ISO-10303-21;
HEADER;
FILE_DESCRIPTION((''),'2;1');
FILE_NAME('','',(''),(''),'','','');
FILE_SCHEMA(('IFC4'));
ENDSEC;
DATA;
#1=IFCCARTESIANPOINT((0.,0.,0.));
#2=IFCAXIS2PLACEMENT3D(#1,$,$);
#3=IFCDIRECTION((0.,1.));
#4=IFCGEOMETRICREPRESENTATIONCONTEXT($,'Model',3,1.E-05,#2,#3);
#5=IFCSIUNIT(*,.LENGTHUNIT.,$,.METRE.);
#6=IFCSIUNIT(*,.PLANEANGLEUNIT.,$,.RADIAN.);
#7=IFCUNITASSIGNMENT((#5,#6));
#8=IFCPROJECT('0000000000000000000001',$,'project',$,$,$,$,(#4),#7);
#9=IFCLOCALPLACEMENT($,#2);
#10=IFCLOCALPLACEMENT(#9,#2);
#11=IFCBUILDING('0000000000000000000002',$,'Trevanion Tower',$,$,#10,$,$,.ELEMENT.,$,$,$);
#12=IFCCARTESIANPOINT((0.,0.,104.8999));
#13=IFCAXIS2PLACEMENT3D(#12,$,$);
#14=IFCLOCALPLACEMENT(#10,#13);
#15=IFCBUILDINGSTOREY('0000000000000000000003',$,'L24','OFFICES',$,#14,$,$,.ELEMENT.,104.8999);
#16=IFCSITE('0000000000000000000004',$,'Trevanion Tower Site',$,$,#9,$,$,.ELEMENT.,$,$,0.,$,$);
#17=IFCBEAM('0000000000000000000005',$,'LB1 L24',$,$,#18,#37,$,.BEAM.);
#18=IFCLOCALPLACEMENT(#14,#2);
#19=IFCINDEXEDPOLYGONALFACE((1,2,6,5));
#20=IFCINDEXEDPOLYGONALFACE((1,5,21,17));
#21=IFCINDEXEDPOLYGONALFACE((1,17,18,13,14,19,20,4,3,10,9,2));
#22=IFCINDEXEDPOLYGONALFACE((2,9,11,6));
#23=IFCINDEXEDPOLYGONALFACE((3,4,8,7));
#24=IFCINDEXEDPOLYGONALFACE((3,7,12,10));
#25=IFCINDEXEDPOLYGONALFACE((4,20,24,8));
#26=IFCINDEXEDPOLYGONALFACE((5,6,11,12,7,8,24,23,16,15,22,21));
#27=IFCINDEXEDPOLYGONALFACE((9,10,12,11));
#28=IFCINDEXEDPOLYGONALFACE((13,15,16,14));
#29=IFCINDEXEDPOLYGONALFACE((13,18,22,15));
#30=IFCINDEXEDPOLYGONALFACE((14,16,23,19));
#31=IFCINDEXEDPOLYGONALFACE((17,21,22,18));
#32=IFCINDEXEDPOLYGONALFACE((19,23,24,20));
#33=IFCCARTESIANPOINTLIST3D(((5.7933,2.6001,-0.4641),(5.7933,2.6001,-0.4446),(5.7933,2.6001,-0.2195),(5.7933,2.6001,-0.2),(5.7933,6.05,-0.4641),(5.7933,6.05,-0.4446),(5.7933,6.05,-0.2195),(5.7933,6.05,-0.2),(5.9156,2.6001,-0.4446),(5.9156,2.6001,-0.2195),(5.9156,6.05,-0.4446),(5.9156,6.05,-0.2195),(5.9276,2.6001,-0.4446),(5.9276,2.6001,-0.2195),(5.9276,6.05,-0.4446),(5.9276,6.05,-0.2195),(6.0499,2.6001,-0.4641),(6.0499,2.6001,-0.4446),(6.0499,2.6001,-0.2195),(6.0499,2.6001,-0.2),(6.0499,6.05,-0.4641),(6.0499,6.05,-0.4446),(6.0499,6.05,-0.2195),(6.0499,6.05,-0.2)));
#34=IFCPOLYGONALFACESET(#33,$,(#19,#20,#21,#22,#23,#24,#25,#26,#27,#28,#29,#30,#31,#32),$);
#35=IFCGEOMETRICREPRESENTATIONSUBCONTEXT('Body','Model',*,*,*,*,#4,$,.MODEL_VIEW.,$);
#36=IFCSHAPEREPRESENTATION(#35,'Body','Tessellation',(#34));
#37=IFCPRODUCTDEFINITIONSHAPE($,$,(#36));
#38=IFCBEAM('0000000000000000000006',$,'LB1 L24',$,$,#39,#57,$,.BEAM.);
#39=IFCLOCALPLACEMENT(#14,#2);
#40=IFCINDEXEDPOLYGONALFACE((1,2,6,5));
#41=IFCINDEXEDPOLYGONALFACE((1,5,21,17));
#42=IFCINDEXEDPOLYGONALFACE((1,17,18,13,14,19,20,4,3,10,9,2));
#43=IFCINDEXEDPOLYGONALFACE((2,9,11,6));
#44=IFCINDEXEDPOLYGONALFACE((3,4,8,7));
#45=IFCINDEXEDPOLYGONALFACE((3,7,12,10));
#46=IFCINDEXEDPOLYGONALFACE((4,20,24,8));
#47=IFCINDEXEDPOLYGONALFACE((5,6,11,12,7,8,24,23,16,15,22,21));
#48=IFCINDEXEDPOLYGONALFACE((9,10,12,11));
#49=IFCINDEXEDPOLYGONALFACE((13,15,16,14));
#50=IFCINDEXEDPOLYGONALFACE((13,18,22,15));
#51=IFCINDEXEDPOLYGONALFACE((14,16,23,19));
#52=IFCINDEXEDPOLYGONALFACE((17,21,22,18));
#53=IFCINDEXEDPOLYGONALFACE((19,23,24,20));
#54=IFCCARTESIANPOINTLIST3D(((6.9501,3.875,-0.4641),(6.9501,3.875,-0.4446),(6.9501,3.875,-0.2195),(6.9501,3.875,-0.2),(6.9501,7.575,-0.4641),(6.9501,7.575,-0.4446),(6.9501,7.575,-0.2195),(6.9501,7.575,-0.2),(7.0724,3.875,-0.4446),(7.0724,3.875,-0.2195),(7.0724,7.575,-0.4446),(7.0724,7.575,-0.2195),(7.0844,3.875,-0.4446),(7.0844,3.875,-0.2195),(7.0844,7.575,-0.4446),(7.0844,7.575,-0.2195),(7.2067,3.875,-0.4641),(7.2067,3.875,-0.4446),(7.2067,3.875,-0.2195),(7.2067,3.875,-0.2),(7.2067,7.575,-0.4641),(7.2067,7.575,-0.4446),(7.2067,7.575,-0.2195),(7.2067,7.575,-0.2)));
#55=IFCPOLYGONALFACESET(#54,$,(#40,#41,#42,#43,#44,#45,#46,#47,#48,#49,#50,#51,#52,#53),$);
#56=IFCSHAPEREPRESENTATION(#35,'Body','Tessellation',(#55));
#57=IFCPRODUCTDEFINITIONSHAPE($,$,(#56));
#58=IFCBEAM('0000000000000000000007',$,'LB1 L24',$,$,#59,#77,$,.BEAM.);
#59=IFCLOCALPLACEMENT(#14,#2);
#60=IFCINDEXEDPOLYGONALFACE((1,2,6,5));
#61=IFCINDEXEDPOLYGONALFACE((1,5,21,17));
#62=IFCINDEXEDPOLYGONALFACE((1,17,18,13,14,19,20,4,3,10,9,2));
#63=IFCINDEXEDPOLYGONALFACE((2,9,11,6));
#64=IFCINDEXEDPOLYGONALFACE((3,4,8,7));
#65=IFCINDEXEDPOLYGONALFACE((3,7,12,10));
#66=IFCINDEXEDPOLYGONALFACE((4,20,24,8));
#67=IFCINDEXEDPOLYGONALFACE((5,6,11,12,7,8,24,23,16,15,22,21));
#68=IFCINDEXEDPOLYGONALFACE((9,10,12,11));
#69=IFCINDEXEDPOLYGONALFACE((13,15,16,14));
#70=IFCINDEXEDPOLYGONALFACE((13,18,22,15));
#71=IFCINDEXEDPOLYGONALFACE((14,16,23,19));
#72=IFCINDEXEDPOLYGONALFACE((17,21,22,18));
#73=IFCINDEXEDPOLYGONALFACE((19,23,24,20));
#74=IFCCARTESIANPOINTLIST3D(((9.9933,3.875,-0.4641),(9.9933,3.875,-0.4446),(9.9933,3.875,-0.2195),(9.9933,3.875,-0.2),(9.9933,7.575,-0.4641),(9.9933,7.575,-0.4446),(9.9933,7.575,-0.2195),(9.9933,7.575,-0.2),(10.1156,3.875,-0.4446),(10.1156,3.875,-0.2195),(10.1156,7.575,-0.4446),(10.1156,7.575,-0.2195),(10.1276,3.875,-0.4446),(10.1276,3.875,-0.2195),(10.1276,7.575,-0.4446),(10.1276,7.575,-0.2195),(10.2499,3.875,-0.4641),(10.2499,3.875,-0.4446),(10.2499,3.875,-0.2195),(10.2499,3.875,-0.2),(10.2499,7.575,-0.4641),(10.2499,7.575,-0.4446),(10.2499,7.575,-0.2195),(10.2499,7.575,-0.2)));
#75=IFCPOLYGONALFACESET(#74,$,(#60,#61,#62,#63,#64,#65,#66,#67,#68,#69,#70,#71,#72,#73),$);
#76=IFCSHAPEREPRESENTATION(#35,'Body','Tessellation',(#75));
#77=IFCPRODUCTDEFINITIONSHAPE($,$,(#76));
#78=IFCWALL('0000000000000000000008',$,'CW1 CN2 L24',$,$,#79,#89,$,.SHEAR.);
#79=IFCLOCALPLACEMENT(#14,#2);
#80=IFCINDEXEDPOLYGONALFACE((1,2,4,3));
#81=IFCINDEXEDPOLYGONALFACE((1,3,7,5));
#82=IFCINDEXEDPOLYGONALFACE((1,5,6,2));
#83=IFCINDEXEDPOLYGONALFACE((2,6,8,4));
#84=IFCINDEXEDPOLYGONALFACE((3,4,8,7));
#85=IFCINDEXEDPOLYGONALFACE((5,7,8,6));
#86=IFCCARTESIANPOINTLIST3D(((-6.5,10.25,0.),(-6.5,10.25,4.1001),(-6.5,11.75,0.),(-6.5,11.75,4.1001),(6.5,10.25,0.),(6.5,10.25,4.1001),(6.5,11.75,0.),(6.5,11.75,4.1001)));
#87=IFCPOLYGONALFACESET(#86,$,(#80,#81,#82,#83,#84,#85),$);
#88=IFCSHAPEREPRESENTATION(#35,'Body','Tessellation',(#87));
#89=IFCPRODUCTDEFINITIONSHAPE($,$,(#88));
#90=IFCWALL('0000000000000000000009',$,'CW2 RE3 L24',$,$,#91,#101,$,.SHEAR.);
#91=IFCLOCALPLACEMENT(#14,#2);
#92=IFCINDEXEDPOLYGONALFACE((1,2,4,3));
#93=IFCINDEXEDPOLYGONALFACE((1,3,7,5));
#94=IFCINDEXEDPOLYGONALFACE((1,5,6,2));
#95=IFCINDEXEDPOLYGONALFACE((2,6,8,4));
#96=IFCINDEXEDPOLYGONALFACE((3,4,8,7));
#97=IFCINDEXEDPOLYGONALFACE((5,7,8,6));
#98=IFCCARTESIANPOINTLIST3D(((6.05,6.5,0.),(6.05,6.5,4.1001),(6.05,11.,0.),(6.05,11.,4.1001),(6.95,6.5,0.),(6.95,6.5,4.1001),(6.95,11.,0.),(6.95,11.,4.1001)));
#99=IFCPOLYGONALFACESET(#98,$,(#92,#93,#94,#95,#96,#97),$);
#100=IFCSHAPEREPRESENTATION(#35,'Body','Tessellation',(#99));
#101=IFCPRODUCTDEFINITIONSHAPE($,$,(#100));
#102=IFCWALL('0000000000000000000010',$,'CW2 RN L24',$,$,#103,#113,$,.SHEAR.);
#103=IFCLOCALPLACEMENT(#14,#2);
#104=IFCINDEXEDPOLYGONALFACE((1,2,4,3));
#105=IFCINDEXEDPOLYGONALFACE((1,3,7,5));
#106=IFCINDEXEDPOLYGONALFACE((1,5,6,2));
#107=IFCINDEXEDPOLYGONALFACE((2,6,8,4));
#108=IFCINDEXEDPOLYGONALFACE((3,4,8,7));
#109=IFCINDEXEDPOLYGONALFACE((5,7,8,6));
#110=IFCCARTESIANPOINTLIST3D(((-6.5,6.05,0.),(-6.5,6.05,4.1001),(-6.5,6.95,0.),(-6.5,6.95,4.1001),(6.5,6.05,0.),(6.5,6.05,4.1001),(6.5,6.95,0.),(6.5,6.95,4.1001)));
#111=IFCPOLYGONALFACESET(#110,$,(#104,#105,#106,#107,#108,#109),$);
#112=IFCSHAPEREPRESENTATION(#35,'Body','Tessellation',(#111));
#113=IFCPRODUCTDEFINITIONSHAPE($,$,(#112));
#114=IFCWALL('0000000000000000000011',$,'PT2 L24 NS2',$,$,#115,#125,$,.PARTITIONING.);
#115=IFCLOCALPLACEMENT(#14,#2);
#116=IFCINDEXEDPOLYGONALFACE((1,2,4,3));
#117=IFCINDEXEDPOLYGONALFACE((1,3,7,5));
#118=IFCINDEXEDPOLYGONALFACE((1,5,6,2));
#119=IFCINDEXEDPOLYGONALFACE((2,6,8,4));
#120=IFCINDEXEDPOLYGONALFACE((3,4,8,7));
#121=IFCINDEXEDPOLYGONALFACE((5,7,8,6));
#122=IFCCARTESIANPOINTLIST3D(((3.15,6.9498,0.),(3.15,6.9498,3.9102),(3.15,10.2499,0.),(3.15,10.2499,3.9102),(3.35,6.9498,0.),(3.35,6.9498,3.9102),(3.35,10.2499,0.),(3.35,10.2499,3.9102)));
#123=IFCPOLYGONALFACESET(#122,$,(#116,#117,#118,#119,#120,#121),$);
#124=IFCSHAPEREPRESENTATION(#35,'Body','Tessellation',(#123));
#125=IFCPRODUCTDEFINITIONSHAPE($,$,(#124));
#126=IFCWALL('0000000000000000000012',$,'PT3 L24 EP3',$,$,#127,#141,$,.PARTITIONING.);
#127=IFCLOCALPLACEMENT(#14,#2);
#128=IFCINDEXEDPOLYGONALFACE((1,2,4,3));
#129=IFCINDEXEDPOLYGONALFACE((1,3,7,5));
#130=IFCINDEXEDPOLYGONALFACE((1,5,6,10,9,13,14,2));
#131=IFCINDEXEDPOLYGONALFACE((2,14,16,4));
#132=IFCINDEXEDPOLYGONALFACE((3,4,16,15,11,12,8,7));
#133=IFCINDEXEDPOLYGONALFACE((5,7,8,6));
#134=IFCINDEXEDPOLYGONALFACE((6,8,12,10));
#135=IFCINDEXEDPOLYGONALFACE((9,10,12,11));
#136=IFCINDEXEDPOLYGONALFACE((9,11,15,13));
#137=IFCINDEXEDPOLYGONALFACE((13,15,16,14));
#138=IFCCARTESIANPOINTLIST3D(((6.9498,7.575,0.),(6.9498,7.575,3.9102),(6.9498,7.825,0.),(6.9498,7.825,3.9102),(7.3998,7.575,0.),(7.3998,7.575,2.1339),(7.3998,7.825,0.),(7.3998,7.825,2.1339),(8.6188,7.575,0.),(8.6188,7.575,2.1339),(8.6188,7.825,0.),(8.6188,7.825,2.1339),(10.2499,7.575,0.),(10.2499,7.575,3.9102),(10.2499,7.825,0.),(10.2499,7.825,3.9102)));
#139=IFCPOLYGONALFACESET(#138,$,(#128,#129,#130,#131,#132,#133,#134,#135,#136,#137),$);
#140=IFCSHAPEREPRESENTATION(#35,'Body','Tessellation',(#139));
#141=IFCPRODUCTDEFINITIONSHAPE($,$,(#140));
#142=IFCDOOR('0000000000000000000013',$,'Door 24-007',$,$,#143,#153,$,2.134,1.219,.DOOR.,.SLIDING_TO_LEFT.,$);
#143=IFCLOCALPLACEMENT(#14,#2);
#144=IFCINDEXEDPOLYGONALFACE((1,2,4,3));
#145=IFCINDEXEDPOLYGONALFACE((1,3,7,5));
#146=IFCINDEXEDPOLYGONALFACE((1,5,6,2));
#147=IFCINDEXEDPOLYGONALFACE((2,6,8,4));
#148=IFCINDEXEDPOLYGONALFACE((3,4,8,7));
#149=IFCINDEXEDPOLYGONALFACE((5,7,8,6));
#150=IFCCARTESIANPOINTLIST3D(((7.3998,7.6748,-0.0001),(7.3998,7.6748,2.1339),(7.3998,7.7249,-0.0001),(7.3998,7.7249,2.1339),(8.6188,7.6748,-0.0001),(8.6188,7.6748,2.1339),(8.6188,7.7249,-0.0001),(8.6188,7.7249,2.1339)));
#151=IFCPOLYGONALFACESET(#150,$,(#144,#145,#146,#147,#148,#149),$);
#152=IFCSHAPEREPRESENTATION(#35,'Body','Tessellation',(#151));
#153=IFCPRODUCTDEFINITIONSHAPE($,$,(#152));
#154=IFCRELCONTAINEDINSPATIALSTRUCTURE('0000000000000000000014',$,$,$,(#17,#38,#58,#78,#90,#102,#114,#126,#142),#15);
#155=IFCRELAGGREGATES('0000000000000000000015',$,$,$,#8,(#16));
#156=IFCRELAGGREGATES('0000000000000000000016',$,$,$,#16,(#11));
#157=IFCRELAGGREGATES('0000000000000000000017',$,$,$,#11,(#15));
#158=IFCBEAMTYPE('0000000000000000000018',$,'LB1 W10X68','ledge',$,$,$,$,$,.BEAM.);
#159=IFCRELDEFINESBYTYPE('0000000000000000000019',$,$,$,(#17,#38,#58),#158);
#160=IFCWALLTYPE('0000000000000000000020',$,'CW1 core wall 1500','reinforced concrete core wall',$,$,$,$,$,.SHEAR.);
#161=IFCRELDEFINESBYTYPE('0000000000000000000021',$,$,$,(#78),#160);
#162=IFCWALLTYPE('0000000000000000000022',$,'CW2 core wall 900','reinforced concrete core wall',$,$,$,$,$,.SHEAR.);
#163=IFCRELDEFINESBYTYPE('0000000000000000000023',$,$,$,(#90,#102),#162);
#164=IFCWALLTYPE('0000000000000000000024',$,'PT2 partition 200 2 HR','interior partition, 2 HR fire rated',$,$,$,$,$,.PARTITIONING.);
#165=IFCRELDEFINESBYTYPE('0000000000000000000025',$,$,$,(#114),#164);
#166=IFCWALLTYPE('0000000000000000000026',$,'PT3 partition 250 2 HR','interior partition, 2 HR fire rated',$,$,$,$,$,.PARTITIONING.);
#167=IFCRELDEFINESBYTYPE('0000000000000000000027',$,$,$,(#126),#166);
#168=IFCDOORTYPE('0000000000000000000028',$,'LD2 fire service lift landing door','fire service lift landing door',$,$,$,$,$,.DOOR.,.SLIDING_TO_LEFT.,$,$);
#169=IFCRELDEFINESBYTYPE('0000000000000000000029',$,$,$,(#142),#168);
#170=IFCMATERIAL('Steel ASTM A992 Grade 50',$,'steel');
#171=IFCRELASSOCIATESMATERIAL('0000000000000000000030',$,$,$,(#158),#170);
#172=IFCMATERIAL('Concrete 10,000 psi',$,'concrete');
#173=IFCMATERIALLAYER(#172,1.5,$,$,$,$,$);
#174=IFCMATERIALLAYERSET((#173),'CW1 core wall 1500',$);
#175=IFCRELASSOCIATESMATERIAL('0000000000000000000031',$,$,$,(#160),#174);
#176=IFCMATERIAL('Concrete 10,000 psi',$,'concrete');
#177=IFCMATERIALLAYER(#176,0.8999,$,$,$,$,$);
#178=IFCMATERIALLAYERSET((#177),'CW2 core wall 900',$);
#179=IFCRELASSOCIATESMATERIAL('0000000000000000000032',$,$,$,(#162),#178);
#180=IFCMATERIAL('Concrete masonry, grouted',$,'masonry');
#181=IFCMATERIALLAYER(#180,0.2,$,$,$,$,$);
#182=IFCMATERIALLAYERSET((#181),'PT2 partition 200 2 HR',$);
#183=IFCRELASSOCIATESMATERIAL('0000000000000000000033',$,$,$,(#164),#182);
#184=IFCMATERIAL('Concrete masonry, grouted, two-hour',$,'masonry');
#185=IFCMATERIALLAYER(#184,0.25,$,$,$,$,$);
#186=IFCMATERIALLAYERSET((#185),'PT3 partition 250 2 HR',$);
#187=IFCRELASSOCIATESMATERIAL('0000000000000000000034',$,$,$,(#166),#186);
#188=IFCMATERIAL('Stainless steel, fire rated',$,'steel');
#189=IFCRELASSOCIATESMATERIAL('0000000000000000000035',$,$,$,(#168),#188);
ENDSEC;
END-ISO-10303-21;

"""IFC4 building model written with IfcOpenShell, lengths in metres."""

from ifc_helpers import new_model, si_unit, direction, frame, frame_2d, origin, origin_2d, place, context, subcontext, project, spatial, rectangle, i_section, extrude, material, layer, layer_set, material_profile, profile_set, type_object, element, fill, save


model = new_model("IFC4")

# Units and contexts
model_context = context("Model", 3, precision=1e-05, world=origin(), true_north=direction((0.0, 1.0)))
body_context = subcontext(model_context, "Body", "Model", "MODEL_VIEW")
ifc_project = project(units=[si_unit("LENGTHUNIT", "METRE"), si_unit("PLANEANGLEUNIT", "RADIAN")], contexts=[model_context])

# Site, building, storey
site_placement = place(None, origin())
site = spatial("IfcSite", under=ifc_project, at=site_placement, Name="Trevanion Tower Site", CompositionType="ELEMENT", RefElevation=0.0)
building_placement = place(site_placement, origin())
building = spatial("IfcBuilding", under=site, at=building_placement, Name="Trevanion Tower", CompositionType="ELEMENT")
storey_placement = place(building_placement, frame((0.0, 0.0, 104.8999)))
storey = spatial("IfcBuildingStorey", under=building, at=storey_placement, Name="L24", Description="OFFICES", CompositionType="ELEMENT", Elevation=104.8999)

# Beams
ifc_material_1 = material(Name="Steel ASTM A992 Grade 50", Category="steel")
ifc_material_profile = material_profile(ifc_material_1, i_section(OverallWidth=0.2566, OverallDepth=0.2642, WebThickness=0.012, FlangeThickness=0.0195, at=origin_2d()), Name="W10X68")
ifc_profile_set = profile_set([ifc_material_profile], Name="Steel ASTM A992 Grade 50")
beam_type = type_object("IfcBeamType", Name="LB1 W10X68", Description="ledge", PredefinedType="BEAM", material=ifc_profile_set)
beam_placement = place(storey_placement, frame((5.9216, 2.6001, -0.332), z_axis=(0.0, 1.0, 0.0), x_axis=(-1.0, 0.0, 0.0)))
element("IfcBeam", 1, at=beam_placement, inside=storey, type_object=beam_type, Name="LB1 L24", PredefinedType="BEAM", context=body_context, shape_type="SweptSolid", body=[
    extrude(i_section(OverallWidth=0.2566, OverallDepth=0.2642, WebThickness=0.012, FlangeThickness=0.0195, at=origin_2d()), origin(), (0.0, 0.0, 1.0), 3.45),
])
for number, where, z_axis, x_axis, name in (
    (2, (7.0784, 3.875, -0.332), (0.0, 1.0, 0.0), (-1.0, 0.0, 0.0), "LB1 L24"),
    (3, (10.1216, 3.875, -0.332), (0.0, 1.0, 0.0), (-1.0, 0.0, 0.0), "LB1 L24"),
):
    element("IfcBeam", number, at=place(storey_placement, frame(where, z_axis=z_axis, x_axis=x_axis)), inside=storey, type_object=beam_type, Name=name, PredefinedType="BEAM", context=body_context, shape_type="SweptSolid", body=[
        extrude(i_section(OverallWidth=0.2566, OverallDepth=0.2642, WebThickness=0.012, FlangeThickness=0.0195, at=origin_2d()), origin(), (0.0, 0.0, 1.0), 3.7),
    ])

# Walls
ifc_material_2 = material(Name="Concrete 10,000 psi", Category="concrete")
ifc_layer_1 = layer(ifc_material_2, 1.5)
ifc_layer_set_1 = layer_set([ifc_layer_1], Name="CW1 core wall 1500")
wall_type_1 = type_object("IfcWallType", Name="CW1 core wall 1500", Description="reinforced concrete core wall", PredefinedType="SHEAR", material=ifc_layer_set_1)
wall_1_placement = place(storey_placement, frame((6.5, 11.0, 0.0), z_axis=(0.0, 0.0, 1.0), x_axis=(-1.0, 0.0, 0.0)))
element("IfcWall", 4, at=wall_1_placement, inside=storey, type_object=wall_type_1, Name="CW1 CN2 L24", PredefinedType="SHEAR", context=body_context, shape_type="SweptSolid", body=[
    extrude(rectangle(XDim=13.0, YDim=1.5, at=frame_2d((6.5, 0.0))), origin(), (0.0, 0.0, 1.0), 4.1001),
])
ifc_material_3 = material(Name="Concrete 10,000 psi", Category="concrete")
ifc_layer_2 = layer(ifc_material_3, 0.8999)
ifc_layer_set_2 = layer_set([ifc_layer_2], Name="CW2 core wall 900")
wall_type_2 = type_object("IfcWallType", Name="CW2 core wall 900", Description="reinforced concrete core wall", PredefinedType="SHEAR", material=ifc_layer_set_2)
wall_2_placement = place(storey_placement, frame((6.5, 6.5, 0.0), z_axis=(0.0, 0.0, 1.0), x_axis=(0.0, 1.0, 0.0)))
element("IfcWall", 5, at=wall_2_placement, inside=storey, type_object=wall_type_2, Name="CW2 RE3 L24", PredefinedType="SHEAR", context=body_context, shape_type="SweptSolid", body=[
    extrude(rectangle(XDim=4.5, YDim=0.8999, at=frame_2d((2.25, 0.0))), origin(), (0.0, 0.0, 1.0), 4.1001),
])
wall_3_placement = place(storey_placement, frame((6.5, 6.5, 0.0), z_axis=(0.0, 0.0, 1.0), x_axis=(-1.0, 0.0, 0.0)))
element("IfcWall", 6, at=wall_3_placement, inside=storey, type_object=wall_type_2, Name="CW2 RN L24", PredefinedType="SHEAR", context=body_context, shape_type="SweptSolid", body=[
    extrude(rectangle(XDim=13.0, YDim=0.8999, at=frame_2d((6.5, 0.0))), origin(), (0.0, 0.0, 1.0), 4.1001),
])
ifc_material_4 = material(Name="Concrete masonry, grouted", Category="masonry")
ifc_layer_3 = layer(ifc_material_4, 0.2)
ifc_layer_set_3 = layer_set([ifc_layer_3], Name="PT2 partition 200 2 HR")
wall_type_3 = type_object("IfcWallType", Name="PT2 partition 200 2 HR", Description="interior partition, 2 HR fire rated", PredefinedType="PARTITIONING", material=ifc_layer_set_3)
wall_4_placement = place(storey_placement, frame((3.25, 6.95, 0.0), z_axis=(0.0, 0.0, 1.0), x_axis=(0.0, 1.0, 0.0)))
element("IfcWall", 7, at=wall_4_placement, inside=storey, type_object=wall_type_3, Name="PT2 L24 NS2", PredefinedType="PARTITIONING", context=body_context, shape_type="SweptSolid", body=[
    extrude(rectangle(XDim=3.3, YDim=0.2, at=frame_2d((1.6499, 0.0))), origin(), (0.0, 0.0, 1.0), 3.9102),
])

# Wall, opening, door
ifc_material_5 = material(Name="Concrete masonry, grouted, two-hour", Category="masonry")
ifc_layer_4 = layer(ifc_material_5, 0.25)
ifc_layer_set_4 = layer_set([ifc_layer_4], Name="PT3 partition 250 2 HR")
wall_type_4 = type_object("IfcWallType", Name="PT3 partition 250 2 HR", Description="interior partition, 2 HR fire rated", PredefinedType="PARTITIONING", material=ifc_layer_set_4)
wall_5_placement = place(storey_placement, frame((6.95, 7.7, 0.0), z_axis=(0.0, 0.0, 1.0), x_axis=(1.0, 0.0, 0.0)))
wall_5 = element("IfcWall", 8, at=wall_5_placement, inside=storey, type_object=wall_type_4, Name="PT3 L24 EP3", PredefinedType="PARTITIONING", context=body_context, shape_type="SweptSolid", body=[
    extrude(rectangle(XDim=3.3, YDim=0.25, at=frame_2d((1.6499, 0.0))), origin(), (0.0, 0.0, 1.0), 3.9102),
])
opening_1_placement = place(wall_5_placement, frame((0.45, 0.0, 0.0)))
opening_1 = element("IfcOpeningElement", 9, at=opening_1_placement, cuts=wall_5, PredefinedType="OPENING", context=body_context, shape_type="SweptSolid", body=[
    extrude(rectangle(XDim=1.219, YDim=2.134, at=frame_2d((0.6094, 1.0669))), frame((0.0, 0.135, 0.0), z_axis=(0.0, -1.0, 0.0), x_axis=(1.0, 0.0, 0.0)), (0.0, 0.0, 1.0), 0.27),
])
ifc_material_6 = material(Name="Stainless steel, fire rated", Category="steel")
door_type_1 = type_object("IfcDoorType", Name="LD2 fire service lift landing door", Description="fire service lift landing door", OperationType="SLIDING_TO_LEFT", PredefinedType="DOOR", material=ifc_material_6)
door_1_placement = place(opening_1_placement, origin())
door_1 = element("IfcDoor", 10, at=door_1_placement, inside=storey, type_object=door_type_1, Name="Door 24-007", OperationType="SLIDING_TO_LEFT", OverallHeight=2.134, OverallWidth=1.219, PredefinedType="DOOR", context=body_context, shape_type="SweptSolid", body=[
    extrude(rectangle(XDim=1.219, YDim=2.134, at=frame_2d((0.6094, 1.0669))), frame((0.0, 0.0249, 0.0), z_axis=(0.0, -1.0, 0.0), x_axis=(1.0, 0.0, 0.0)), (0.0, 0.0, 1.0), 0.05),
])
fill(opening_1, door_1)

save(model, "model.ifc")
